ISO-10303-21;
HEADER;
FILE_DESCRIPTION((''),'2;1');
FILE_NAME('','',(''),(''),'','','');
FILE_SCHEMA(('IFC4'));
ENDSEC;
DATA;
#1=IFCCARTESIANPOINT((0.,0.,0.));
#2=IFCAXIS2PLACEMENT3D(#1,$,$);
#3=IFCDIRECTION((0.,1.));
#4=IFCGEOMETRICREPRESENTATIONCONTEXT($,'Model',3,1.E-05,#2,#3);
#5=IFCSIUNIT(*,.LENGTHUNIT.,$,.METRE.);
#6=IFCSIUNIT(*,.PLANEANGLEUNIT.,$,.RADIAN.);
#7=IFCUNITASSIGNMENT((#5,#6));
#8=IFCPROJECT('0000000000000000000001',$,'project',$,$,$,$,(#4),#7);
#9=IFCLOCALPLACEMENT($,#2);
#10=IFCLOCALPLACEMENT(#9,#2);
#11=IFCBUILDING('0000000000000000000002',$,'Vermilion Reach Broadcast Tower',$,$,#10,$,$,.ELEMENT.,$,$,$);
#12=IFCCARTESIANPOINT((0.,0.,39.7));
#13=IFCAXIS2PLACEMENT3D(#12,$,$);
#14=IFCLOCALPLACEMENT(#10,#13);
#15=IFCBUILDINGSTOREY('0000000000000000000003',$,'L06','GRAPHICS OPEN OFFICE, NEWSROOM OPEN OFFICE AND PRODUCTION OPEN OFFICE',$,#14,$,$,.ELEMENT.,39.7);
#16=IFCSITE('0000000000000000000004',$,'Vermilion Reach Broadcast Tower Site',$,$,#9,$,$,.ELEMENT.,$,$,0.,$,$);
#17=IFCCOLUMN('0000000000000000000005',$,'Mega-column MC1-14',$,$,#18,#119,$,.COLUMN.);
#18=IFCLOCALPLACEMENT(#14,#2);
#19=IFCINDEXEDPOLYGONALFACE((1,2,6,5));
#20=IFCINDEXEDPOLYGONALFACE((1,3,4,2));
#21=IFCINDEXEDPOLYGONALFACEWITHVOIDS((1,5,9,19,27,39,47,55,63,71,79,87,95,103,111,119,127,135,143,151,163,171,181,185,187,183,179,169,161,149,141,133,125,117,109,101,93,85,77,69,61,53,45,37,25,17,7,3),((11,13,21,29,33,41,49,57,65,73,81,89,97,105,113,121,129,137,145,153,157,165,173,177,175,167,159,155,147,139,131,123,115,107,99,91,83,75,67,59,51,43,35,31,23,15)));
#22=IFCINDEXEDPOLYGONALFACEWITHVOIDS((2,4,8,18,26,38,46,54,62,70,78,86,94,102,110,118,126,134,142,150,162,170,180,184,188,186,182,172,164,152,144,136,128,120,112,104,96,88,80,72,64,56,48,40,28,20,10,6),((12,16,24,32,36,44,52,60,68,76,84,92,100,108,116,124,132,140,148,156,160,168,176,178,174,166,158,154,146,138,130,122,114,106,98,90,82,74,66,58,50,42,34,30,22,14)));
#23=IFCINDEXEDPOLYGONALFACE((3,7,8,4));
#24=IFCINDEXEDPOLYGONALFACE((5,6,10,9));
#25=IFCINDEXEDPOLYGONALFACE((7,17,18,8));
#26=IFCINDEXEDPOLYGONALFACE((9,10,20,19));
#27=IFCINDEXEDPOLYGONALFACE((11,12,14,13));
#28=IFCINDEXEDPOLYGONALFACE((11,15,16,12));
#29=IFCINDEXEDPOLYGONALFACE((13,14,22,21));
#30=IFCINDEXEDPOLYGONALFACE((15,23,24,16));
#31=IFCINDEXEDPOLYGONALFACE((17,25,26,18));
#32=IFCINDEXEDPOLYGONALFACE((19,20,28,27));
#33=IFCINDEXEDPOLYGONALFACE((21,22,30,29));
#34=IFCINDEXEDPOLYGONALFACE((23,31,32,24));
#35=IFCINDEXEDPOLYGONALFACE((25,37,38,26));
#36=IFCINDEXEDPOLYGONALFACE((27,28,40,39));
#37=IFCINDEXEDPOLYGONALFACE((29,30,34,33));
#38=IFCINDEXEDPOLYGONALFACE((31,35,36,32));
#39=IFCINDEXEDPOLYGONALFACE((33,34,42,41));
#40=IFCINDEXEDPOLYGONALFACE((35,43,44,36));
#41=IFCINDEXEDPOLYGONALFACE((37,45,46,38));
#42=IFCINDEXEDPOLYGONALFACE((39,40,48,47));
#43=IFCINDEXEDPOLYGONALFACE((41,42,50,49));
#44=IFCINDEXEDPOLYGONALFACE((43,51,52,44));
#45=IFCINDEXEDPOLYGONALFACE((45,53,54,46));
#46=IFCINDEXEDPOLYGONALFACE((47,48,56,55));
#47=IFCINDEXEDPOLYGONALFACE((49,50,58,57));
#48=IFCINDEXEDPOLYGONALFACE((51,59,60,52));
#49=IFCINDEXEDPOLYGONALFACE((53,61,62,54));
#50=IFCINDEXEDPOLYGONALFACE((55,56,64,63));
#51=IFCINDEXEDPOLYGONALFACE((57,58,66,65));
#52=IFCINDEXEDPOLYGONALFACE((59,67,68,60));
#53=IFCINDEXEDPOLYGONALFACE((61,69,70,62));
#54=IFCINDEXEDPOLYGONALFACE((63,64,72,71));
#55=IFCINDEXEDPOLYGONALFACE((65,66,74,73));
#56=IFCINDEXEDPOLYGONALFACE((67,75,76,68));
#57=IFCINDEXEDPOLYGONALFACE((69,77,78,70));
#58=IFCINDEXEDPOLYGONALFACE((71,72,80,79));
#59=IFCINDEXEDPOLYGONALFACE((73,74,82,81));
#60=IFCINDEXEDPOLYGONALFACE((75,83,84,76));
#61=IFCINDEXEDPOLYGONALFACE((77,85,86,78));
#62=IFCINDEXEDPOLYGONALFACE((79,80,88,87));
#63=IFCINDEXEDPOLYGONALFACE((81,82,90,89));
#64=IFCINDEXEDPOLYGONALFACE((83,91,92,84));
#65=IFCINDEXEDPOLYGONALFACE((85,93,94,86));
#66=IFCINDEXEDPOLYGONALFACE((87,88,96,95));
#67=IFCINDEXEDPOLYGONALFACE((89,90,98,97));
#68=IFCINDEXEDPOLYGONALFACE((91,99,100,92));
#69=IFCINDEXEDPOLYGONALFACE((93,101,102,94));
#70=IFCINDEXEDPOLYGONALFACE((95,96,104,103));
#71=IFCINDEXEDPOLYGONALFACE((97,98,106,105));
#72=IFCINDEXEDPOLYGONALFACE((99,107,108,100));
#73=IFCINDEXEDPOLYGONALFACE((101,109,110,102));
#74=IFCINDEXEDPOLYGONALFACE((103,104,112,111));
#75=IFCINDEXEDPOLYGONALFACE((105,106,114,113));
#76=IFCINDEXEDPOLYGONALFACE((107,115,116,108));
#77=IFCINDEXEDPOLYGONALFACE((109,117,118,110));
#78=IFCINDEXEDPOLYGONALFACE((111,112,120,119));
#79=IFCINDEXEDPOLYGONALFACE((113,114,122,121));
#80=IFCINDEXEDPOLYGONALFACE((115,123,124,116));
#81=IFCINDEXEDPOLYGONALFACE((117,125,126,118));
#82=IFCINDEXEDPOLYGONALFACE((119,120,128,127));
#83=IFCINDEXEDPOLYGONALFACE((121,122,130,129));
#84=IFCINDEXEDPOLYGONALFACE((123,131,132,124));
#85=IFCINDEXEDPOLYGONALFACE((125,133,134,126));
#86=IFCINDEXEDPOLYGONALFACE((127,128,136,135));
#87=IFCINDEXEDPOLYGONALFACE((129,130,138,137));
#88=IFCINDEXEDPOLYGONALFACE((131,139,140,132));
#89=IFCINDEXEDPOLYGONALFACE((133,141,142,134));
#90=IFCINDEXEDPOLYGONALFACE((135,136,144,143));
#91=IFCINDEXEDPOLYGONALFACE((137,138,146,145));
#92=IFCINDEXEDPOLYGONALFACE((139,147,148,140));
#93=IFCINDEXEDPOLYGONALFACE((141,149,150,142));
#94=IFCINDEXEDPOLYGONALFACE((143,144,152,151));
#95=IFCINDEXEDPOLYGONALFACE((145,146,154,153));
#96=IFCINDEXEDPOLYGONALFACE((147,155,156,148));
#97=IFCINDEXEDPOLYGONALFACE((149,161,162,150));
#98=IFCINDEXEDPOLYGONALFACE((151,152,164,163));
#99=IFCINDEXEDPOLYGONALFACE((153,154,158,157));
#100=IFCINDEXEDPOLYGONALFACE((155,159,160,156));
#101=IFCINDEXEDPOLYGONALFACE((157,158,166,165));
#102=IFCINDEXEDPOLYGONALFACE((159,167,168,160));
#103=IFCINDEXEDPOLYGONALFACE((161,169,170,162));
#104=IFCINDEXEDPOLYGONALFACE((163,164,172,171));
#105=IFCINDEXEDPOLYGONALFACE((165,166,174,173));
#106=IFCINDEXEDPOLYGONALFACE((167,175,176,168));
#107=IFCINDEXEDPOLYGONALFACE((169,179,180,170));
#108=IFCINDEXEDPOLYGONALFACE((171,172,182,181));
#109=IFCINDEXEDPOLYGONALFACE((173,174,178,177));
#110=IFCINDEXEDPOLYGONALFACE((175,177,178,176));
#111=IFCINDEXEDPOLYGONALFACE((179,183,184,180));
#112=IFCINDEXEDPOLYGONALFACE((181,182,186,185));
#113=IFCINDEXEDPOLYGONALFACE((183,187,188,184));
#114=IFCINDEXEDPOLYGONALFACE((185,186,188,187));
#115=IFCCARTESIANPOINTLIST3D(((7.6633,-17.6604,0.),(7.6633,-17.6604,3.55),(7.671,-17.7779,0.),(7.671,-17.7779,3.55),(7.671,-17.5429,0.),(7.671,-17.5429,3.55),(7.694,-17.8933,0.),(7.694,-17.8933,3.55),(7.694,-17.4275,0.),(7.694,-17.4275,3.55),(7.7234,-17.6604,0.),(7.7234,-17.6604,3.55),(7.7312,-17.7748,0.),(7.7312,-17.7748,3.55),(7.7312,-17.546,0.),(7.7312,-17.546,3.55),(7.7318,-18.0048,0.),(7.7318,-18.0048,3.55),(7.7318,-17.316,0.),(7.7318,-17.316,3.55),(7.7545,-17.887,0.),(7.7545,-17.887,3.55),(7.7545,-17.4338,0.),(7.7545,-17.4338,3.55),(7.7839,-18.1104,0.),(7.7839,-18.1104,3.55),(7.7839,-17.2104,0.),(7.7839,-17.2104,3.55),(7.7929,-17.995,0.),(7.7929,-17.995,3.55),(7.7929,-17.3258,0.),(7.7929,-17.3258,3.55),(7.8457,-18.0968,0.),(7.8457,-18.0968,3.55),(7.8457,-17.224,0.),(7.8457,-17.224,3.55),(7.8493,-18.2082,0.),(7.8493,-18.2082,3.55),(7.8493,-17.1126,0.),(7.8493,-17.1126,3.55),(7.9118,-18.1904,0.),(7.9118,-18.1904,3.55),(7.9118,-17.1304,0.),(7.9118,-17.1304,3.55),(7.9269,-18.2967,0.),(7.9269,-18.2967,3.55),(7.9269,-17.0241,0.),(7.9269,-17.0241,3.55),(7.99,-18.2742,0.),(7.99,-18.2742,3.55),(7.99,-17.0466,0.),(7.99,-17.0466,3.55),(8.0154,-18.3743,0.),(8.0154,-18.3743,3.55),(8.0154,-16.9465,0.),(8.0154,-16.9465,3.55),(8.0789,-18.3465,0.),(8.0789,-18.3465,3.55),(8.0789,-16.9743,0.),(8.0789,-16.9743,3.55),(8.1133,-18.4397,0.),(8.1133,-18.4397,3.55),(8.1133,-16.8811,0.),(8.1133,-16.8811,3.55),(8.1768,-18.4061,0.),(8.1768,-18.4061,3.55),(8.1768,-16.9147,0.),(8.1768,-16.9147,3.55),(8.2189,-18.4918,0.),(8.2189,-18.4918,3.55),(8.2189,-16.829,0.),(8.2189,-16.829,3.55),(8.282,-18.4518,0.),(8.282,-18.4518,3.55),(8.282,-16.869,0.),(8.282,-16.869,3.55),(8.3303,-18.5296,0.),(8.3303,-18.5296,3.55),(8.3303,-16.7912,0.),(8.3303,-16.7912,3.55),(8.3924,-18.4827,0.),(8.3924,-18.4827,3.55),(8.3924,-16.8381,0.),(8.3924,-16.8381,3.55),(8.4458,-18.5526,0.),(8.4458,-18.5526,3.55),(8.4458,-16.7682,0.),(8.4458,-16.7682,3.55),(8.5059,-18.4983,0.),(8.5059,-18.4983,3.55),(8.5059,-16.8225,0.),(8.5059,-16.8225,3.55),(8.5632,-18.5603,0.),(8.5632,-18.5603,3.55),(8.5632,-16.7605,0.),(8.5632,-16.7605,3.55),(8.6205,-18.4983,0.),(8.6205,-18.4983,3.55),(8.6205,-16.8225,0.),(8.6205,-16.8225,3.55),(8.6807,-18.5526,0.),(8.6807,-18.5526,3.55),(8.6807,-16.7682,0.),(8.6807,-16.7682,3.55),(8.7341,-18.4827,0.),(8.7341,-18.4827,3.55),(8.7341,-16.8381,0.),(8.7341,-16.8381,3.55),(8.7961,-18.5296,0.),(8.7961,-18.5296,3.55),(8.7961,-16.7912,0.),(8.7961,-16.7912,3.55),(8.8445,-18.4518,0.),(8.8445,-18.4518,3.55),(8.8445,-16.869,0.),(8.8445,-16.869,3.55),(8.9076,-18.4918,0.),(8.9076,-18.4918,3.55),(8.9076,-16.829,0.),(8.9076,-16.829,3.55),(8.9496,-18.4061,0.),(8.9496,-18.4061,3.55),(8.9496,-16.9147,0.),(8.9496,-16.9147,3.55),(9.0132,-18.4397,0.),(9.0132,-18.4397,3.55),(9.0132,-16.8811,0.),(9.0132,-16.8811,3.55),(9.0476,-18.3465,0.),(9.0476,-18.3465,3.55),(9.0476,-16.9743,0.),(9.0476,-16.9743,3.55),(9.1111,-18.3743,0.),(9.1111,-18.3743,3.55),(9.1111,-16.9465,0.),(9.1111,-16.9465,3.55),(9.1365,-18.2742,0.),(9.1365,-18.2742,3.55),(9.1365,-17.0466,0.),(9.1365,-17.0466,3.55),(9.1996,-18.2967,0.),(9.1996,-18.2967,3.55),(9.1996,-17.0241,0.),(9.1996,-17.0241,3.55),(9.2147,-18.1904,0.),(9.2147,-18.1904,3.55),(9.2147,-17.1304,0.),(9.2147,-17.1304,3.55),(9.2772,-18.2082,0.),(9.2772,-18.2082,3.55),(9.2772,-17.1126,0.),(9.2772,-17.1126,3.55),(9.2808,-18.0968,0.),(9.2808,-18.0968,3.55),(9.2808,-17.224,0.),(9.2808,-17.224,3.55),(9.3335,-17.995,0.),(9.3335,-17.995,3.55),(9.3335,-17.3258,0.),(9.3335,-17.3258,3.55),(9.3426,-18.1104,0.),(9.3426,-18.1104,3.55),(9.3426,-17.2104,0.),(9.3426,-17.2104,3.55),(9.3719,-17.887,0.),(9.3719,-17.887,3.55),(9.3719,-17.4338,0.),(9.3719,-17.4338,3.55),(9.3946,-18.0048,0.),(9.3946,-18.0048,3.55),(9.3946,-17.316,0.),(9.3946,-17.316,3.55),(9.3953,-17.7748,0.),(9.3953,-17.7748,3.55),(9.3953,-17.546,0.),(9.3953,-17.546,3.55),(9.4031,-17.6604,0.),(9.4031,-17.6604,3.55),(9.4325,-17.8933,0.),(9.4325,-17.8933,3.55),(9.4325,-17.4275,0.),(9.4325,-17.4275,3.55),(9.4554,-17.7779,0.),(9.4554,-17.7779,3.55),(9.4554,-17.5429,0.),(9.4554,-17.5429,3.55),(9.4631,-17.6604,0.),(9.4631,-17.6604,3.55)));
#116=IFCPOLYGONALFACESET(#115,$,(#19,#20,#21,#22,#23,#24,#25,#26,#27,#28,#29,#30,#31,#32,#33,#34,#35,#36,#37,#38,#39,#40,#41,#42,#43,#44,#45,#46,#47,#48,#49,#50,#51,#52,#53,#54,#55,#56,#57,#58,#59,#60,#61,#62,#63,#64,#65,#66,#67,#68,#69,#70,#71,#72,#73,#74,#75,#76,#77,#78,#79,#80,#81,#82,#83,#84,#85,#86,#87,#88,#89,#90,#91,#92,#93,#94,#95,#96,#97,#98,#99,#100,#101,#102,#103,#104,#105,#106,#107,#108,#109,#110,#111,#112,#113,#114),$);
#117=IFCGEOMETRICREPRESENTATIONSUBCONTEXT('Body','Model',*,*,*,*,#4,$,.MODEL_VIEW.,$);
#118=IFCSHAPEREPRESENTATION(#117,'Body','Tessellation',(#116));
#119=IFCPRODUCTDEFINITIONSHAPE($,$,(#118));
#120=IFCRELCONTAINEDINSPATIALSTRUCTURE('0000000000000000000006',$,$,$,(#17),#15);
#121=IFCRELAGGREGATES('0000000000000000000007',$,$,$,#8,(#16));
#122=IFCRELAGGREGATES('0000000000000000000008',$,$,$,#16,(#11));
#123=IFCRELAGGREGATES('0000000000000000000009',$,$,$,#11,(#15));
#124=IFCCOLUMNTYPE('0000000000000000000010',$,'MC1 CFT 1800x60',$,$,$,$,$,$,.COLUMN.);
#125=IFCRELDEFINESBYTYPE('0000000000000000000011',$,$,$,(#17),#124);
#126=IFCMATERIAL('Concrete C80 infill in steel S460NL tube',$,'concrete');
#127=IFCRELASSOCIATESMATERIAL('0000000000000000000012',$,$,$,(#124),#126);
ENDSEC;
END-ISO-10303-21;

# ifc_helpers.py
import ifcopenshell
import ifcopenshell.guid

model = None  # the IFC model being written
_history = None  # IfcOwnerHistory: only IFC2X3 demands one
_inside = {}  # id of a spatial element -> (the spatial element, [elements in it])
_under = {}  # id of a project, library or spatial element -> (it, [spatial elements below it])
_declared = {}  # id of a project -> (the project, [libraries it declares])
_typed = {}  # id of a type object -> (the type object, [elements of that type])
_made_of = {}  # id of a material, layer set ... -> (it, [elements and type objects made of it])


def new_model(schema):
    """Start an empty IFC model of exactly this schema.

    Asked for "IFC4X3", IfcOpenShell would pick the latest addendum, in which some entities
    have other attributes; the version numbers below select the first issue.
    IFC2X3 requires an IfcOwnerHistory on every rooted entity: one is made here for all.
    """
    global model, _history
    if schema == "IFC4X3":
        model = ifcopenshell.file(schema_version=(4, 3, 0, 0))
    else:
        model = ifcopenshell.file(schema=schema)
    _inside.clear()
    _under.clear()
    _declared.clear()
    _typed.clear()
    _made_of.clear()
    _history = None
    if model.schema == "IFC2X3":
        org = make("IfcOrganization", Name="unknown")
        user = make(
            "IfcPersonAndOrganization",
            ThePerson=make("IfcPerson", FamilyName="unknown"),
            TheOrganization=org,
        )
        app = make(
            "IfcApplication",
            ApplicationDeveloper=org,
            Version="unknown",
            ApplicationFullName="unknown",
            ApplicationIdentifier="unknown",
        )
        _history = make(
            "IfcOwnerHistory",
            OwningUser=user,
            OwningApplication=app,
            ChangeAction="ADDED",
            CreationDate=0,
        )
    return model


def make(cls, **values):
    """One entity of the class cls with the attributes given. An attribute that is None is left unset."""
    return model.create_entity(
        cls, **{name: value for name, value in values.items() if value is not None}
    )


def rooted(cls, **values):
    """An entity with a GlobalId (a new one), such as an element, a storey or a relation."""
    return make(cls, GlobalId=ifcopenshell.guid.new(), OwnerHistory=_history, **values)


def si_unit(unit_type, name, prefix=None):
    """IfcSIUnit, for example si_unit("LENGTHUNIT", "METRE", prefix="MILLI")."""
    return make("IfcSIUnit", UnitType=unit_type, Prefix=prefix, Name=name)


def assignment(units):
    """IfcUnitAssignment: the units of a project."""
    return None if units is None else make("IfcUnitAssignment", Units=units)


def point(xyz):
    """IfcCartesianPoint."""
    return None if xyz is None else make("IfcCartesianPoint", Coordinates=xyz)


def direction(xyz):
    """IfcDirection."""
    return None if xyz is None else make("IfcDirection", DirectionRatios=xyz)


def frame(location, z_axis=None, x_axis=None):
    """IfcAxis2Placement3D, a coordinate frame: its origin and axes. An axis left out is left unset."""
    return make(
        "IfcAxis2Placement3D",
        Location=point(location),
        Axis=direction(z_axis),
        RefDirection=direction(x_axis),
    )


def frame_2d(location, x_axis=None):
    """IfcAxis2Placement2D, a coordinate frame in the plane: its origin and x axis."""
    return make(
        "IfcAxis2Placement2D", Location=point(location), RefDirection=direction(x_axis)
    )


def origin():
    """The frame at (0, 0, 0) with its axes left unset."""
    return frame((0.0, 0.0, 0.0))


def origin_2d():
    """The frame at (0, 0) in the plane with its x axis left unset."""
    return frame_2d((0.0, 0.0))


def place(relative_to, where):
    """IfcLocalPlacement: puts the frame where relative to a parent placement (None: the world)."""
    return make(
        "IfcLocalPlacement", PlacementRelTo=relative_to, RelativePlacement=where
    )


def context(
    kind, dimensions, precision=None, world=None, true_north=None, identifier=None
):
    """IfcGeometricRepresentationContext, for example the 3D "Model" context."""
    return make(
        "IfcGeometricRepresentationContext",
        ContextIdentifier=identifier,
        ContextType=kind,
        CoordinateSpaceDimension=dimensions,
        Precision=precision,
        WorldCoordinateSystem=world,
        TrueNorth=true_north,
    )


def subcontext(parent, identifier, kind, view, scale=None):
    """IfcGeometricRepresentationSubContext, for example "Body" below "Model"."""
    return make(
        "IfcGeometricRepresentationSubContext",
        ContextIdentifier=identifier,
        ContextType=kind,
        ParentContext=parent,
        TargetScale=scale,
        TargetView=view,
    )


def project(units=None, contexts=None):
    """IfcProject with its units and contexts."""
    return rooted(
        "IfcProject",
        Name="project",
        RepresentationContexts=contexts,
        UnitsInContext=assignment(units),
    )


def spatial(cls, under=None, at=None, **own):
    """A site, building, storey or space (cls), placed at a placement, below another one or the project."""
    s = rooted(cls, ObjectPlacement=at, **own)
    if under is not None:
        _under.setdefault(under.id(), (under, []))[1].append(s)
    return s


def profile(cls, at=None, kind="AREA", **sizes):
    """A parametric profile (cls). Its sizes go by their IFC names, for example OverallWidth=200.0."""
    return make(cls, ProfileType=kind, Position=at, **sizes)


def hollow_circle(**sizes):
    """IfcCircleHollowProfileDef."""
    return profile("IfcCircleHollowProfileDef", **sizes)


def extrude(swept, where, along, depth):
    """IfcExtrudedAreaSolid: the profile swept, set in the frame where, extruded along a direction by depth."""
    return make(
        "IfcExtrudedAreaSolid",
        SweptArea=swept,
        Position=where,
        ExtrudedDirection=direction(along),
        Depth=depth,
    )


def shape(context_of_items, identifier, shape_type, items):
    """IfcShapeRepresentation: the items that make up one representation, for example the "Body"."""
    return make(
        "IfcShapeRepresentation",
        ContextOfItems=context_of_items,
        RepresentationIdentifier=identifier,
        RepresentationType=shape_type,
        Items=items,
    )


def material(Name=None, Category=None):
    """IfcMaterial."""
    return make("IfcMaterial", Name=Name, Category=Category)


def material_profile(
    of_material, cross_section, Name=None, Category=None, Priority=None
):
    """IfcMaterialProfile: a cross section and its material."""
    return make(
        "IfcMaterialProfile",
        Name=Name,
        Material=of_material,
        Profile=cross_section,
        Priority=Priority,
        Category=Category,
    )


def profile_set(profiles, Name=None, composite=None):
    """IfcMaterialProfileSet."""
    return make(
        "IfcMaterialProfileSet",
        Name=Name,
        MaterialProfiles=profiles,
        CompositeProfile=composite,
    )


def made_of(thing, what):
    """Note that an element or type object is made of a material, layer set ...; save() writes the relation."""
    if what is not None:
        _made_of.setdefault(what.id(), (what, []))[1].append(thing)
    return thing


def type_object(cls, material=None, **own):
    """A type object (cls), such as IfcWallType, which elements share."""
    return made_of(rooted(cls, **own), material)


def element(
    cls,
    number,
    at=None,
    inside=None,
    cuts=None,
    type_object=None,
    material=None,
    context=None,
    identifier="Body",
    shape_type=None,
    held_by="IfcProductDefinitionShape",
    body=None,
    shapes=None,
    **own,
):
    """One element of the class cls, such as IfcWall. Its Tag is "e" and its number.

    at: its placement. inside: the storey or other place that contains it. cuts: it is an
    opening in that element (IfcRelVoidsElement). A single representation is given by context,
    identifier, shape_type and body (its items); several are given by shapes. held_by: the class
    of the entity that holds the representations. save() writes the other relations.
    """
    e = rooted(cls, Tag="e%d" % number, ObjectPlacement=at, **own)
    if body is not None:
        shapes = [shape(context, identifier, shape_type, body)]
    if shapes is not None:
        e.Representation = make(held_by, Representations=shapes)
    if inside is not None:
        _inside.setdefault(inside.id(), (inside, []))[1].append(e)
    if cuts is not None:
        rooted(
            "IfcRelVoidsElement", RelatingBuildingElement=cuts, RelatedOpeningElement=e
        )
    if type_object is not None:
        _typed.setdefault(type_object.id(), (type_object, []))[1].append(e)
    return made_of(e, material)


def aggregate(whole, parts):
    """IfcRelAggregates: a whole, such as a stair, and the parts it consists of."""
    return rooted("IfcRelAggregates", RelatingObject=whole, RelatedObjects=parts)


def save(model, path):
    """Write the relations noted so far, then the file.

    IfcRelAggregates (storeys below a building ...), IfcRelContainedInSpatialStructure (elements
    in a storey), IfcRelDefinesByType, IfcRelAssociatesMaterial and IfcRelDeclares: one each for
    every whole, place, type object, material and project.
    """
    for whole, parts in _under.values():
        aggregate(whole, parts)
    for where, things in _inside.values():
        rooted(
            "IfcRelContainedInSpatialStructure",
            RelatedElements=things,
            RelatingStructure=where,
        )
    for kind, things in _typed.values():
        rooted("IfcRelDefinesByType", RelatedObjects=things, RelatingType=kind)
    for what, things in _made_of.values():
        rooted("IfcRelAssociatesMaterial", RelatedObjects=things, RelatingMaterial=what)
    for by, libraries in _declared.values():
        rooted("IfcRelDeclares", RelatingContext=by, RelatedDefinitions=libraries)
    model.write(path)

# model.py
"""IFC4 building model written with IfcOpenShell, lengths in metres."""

from ifc_helpers import new_model, si_unit, direction, frame, origin, origin_2d, place, context, subcontext, project, spatial, hollow_circle, extrude, material, material_profile, profile_set, type_object, element, save


model = new_model("IFC4")

# Units and contexts
model_context = context("Model", 3, precision=1e-05, world=origin(), true_north=direction((0.0, 1.0)))
body_context = subcontext(model_context, "Body", "Model", "MODEL_VIEW")
ifc_project = project(units=[si_unit("LENGTHUNIT", "METRE"), si_unit("PLANEANGLEUNIT", "RADIAN")], contexts=[model_context])

# Site, building, storey
site_placement = place(None, origin())
site = spatial("IfcSite", under=ifc_project, at=site_placement, Name="Vermilion Reach Broadcast Tower Site", CompositionType="ELEMENT", RefElevation=0.0)
building_placement = place(site_placement, origin())
building = spatial("IfcBuilding", under=site, at=building_placement, Name="Vermilion Reach Broadcast Tower", CompositionType="ELEMENT")
storey_placement = place(building_placement, frame((0.0, 0.0, 39.7)))
storey = spatial("IfcBuildingStorey", under=building, at=storey_placement, Name="L06", Description="GRAPHICS OPEN OFFICE, NEWSROOM OPEN OFFICE AND PRODUCTION OPEN OFFICE", CompositionType="ELEMENT", Elevation=39.7)

# Column
ifc_material_1 = material(Name="Concrete C80 infill in steel S460NL tube", Category="concrete")
ifc_material_profile_1 = material_profile(ifc_material_1, hollow_circle(Radius=0.8999, WallThickness=0.0601, at=origin_2d()), Name="Concrete C80 infill in steel S460NL tube CFT 1800x60")
ifc_profile_set_1 = profile_set([ifc_material_profile_1], Name="Concrete C80 infill in steel S460NL tube")
column_type = type_object("IfcColumnType", Name="MC1 CFT 1800x60", PredefinedType="COLUMN", material=ifc_profile_set_1)
for number, where, z_axis, x_axis, name in (
    (1, (8.5632, -17.6604, 0.0), (0.0, 0.0, 1.0), (1.0, 0.0, 0.0), "Mega-column MC1-14"),
):
    element("IfcColumn", number, at=place(storey_placement, frame(where, z_axis=z_axis, x_axis=x_axis)), inside=storey, type_object=column_type, Name=name, PredefinedType="COLUMN", context=body_context, shape_type="SweptSolid", body=[
        extrude(hollow_circle(Radius=0.8999, WallThickness=0.0601, at=origin_2d()), origin(), (0.0, 0.0, 1.0), 3.55),
    ])

save(model, "model.ifc")
